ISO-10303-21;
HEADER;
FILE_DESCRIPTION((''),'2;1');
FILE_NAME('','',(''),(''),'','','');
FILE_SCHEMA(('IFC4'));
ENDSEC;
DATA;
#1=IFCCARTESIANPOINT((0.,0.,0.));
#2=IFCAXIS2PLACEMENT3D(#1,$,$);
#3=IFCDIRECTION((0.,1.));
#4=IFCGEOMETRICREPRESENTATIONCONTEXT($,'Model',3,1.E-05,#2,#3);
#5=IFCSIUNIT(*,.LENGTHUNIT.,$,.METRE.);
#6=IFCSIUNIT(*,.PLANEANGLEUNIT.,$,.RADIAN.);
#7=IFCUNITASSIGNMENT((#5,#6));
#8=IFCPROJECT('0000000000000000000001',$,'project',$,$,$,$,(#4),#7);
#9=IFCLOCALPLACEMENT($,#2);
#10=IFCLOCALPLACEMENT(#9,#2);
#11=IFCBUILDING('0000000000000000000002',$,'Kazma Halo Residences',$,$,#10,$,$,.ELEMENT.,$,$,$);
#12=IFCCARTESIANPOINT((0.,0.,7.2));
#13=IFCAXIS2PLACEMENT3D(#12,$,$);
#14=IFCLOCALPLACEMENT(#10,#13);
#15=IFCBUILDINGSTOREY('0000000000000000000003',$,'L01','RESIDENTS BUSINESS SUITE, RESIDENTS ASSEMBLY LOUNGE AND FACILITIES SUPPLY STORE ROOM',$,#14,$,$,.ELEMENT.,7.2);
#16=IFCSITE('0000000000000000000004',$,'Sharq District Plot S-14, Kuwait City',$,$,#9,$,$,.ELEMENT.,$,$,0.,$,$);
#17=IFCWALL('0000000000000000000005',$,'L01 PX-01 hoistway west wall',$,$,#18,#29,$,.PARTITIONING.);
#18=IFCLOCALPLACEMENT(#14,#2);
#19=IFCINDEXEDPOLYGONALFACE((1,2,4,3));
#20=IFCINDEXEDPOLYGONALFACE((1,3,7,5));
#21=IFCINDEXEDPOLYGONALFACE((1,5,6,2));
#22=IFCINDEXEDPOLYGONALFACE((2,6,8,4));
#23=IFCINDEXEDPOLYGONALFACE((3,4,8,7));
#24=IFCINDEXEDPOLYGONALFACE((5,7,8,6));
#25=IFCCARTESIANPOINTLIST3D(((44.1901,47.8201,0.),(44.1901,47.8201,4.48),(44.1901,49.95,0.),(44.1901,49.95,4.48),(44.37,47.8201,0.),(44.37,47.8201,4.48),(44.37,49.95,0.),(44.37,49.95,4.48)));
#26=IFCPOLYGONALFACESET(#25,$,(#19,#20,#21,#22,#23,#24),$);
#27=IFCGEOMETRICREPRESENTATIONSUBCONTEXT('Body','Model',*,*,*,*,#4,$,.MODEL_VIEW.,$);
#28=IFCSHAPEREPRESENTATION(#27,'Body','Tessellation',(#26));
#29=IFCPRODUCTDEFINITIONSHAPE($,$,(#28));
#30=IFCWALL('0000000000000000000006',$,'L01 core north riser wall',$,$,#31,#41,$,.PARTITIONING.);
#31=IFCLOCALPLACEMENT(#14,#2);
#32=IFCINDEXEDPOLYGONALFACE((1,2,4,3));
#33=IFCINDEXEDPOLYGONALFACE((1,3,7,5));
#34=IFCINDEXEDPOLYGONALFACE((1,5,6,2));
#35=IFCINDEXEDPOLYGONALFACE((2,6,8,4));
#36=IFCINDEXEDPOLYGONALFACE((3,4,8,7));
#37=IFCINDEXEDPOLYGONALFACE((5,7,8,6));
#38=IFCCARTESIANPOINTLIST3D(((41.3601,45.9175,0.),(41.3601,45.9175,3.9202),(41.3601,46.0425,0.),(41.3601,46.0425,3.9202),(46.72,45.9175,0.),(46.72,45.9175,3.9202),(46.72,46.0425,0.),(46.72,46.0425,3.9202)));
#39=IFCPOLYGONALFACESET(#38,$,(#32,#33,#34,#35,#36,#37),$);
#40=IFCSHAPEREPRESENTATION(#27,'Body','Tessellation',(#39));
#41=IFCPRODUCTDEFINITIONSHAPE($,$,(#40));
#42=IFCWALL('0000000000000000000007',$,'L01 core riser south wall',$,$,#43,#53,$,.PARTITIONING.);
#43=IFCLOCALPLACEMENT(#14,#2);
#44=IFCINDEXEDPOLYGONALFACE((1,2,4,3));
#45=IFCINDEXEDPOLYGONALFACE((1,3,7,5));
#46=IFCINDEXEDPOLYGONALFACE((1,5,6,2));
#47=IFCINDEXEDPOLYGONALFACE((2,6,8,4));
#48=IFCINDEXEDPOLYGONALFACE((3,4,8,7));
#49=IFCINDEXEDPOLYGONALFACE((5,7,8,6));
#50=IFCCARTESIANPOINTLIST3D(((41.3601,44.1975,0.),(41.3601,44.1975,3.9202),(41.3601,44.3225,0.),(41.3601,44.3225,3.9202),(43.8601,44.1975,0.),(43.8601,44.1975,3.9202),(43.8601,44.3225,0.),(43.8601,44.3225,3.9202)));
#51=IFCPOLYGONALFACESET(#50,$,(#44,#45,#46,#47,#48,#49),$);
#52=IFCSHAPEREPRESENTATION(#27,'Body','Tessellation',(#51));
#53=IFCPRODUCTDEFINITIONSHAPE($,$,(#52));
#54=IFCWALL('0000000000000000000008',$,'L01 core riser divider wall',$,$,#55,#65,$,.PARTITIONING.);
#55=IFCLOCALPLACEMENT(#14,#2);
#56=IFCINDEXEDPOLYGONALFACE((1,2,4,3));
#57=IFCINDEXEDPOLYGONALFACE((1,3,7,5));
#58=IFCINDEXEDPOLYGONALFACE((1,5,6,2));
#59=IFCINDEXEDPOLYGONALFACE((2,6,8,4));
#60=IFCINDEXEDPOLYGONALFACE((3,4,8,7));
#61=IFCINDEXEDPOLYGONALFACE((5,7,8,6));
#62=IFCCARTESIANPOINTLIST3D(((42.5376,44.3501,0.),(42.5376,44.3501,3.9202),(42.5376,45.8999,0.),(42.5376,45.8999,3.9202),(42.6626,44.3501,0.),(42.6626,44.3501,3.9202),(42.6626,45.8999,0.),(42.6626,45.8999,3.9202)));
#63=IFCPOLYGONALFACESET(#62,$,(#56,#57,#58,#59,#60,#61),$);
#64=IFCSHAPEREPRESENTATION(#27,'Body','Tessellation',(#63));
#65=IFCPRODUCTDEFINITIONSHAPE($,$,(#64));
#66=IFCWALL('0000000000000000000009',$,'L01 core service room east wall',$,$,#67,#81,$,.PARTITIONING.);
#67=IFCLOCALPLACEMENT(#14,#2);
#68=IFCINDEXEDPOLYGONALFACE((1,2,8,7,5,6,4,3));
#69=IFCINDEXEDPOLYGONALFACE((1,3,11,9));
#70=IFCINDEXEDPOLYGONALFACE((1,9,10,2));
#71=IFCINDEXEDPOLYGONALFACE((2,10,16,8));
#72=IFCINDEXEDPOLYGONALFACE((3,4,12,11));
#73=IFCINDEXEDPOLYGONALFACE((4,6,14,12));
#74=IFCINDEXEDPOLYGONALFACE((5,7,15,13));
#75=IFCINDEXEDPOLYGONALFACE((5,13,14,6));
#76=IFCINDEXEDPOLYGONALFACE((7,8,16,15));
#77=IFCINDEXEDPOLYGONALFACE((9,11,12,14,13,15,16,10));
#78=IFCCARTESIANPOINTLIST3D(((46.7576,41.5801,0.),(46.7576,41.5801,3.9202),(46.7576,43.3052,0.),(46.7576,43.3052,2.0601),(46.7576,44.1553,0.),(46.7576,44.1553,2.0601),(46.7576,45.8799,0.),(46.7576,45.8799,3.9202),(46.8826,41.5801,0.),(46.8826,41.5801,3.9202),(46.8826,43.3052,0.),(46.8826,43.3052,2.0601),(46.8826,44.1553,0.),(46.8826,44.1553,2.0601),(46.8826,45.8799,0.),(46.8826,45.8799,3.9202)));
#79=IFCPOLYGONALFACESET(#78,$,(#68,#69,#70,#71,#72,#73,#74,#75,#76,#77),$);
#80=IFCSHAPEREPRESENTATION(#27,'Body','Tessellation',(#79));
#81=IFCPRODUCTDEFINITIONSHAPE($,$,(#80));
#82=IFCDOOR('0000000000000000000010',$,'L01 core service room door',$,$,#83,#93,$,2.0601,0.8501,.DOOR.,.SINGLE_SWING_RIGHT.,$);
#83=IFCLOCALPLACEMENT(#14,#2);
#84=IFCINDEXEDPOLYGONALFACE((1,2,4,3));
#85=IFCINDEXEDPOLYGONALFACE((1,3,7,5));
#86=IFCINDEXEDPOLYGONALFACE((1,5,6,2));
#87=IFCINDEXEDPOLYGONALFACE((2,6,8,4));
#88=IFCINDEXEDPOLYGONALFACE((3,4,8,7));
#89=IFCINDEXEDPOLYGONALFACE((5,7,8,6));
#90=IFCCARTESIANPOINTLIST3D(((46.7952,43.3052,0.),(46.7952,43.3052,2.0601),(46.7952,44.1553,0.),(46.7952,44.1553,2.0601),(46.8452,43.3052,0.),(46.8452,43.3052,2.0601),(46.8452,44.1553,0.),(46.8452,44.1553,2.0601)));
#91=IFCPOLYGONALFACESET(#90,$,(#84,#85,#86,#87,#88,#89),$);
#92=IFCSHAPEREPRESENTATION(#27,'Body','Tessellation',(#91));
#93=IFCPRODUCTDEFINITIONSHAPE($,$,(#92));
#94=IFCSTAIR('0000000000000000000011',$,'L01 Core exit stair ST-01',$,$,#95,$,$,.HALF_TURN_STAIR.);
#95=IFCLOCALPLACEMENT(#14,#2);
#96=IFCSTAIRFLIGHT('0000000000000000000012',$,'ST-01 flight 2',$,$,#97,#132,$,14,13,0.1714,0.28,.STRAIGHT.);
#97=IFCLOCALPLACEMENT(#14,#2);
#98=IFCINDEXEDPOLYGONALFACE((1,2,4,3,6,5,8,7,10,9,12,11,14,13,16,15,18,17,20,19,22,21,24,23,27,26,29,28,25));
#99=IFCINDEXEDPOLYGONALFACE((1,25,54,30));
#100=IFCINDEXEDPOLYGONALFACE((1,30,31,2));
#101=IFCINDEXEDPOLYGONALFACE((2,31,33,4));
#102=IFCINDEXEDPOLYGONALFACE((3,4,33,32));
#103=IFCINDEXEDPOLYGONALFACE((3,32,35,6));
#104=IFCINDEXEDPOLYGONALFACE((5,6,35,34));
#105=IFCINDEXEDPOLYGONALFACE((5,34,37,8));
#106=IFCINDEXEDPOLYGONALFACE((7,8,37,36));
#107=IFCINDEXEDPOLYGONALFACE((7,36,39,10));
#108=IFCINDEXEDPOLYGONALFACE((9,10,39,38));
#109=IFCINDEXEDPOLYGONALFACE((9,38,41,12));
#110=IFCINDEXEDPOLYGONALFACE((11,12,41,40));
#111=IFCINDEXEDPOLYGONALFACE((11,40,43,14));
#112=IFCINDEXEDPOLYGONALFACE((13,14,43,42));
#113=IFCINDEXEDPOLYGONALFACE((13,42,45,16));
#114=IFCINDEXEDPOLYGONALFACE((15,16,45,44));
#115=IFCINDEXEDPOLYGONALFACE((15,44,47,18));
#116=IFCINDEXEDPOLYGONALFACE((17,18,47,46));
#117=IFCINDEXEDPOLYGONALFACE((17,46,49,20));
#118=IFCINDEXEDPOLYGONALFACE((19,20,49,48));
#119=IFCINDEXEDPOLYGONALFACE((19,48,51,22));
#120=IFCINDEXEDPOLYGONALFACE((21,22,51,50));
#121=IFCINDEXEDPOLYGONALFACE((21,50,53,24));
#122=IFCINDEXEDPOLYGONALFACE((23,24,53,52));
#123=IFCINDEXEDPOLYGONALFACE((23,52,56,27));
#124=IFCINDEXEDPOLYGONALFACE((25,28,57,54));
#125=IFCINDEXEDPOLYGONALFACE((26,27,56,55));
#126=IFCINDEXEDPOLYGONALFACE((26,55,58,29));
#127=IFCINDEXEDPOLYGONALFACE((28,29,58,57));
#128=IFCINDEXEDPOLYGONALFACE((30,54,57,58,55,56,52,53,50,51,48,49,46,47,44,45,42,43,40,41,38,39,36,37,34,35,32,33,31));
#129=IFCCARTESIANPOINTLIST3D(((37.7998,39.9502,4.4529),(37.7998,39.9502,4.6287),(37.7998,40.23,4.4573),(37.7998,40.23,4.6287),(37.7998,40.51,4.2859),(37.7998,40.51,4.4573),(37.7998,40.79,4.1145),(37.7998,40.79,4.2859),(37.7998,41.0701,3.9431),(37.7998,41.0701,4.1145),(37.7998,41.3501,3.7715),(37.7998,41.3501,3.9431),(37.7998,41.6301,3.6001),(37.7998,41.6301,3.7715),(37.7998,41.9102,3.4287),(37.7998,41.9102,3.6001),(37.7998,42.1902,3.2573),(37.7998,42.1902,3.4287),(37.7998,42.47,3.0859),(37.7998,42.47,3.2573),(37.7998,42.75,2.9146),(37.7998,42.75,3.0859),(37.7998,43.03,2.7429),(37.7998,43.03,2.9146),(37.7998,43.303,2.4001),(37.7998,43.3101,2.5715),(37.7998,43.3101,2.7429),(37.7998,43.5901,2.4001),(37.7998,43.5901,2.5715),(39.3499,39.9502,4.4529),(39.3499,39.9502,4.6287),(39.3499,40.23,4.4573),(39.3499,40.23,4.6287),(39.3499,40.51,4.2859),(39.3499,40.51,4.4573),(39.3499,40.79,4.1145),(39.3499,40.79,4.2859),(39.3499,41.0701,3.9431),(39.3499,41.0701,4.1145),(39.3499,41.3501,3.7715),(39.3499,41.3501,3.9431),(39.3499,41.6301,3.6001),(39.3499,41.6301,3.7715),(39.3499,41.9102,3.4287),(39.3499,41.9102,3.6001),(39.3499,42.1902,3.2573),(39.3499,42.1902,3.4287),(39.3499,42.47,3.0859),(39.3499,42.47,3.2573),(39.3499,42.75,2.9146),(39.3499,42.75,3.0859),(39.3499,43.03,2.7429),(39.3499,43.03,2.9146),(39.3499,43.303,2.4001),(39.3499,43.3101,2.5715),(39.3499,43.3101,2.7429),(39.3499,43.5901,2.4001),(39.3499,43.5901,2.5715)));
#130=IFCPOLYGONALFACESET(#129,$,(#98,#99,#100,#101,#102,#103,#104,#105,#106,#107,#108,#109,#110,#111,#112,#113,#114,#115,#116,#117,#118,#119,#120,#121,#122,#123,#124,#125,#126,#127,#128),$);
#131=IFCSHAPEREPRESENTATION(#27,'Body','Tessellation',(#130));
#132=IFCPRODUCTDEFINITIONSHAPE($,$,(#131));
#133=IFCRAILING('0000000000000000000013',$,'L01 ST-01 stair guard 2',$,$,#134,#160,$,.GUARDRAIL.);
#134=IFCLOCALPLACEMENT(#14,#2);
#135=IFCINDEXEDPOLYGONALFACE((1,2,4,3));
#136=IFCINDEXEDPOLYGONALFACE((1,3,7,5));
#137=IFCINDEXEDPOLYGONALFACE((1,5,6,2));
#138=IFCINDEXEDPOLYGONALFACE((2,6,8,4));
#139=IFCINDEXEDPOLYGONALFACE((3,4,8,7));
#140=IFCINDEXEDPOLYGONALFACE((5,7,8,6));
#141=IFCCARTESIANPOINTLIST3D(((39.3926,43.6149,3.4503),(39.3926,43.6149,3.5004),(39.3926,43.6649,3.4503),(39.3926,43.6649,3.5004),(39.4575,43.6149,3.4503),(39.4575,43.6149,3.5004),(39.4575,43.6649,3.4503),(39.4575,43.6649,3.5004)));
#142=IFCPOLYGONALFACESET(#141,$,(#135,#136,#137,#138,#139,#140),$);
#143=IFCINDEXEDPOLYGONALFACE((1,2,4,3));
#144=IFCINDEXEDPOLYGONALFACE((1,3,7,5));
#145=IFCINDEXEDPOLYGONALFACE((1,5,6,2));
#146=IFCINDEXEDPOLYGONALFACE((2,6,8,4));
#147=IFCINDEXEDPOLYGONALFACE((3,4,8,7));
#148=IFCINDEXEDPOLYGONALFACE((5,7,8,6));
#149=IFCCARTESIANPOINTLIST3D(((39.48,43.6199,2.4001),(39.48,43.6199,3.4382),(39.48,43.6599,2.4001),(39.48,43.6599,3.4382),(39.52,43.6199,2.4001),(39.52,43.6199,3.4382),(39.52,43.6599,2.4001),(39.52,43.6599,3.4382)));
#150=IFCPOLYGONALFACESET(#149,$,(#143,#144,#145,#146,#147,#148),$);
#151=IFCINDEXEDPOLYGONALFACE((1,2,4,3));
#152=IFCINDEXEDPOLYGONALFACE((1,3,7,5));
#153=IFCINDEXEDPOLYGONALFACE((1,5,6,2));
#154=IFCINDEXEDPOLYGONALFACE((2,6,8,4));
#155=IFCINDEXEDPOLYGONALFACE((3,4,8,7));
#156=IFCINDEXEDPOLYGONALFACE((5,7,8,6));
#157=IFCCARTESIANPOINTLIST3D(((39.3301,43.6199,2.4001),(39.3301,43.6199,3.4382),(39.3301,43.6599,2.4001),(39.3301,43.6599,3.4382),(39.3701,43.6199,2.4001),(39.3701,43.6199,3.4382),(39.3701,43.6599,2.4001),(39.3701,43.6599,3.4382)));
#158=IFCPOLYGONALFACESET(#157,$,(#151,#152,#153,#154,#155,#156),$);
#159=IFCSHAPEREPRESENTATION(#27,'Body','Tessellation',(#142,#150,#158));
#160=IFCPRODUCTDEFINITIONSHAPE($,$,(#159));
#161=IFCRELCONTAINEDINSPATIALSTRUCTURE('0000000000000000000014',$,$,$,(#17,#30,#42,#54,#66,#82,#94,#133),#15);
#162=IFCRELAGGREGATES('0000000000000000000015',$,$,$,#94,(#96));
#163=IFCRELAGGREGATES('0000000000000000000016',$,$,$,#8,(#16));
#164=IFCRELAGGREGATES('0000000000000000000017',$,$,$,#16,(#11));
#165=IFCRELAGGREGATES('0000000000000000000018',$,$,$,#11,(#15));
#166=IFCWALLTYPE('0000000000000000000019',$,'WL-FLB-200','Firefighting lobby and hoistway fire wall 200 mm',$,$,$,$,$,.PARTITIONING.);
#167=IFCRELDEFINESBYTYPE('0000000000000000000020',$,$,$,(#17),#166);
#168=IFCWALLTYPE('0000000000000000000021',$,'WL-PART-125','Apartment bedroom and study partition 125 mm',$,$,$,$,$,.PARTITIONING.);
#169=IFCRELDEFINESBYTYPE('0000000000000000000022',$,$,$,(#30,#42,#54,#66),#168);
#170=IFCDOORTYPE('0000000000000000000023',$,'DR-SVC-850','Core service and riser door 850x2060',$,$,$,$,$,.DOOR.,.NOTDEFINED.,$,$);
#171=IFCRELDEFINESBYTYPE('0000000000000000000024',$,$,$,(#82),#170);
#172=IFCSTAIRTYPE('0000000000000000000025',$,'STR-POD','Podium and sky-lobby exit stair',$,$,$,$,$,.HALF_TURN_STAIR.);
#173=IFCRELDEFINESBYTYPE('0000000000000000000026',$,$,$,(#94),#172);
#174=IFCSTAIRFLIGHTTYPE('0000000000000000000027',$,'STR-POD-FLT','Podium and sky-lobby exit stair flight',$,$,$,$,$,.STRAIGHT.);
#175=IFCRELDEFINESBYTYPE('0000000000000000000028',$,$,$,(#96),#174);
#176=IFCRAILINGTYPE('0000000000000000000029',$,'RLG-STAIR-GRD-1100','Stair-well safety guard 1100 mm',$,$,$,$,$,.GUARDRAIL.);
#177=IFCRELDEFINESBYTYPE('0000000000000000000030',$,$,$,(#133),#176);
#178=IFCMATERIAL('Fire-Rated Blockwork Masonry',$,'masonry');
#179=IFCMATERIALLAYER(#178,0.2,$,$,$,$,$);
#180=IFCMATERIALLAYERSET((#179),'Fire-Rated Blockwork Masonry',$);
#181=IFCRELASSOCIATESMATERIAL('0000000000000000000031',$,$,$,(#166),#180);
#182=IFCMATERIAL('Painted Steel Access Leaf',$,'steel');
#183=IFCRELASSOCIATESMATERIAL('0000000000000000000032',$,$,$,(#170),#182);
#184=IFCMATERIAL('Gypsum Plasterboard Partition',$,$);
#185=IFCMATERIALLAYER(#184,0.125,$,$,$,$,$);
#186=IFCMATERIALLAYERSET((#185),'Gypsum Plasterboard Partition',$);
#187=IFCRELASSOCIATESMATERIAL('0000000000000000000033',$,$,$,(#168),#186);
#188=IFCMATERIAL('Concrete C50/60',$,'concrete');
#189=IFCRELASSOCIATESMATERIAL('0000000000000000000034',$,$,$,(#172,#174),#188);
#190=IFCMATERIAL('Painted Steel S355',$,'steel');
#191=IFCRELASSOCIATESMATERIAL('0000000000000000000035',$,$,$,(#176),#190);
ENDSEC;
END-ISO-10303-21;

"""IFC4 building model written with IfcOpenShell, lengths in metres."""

from ifc_helpers import new_model, si_unit, direction, frame, frame_2d, origin, origin_2d, place, context, subcontext, project, spatial, polyline, rectangle, outline, extrude, material, layer, layer_set, type_object, element, fill, aggregate, save


model = new_model("IFC4")

# Units and contexts
model_context = context("Model", 3, precision=1e-05, world=origin(), true_north=direction((0.0, 1.0)))
body_context = subcontext(model_context, "Body", "Model", "MODEL_VIEW")
ifc_project = project(units=[si_unit("LENGTHUNIT", "METRE"), si_unit("PLANEANGLEUNIT", "RADIAN")], contexts=[model_context])

# Site, building, storey
site_placement = place(None, origin())
site = spatial("IfcSite", under=ifc_project, at=site_placement, Name="Sharq District Plot S-14, Kuwait City", CompositionType="ELEMENT", RefElevation=0.0)
building_placement = place(site_placement, origin())
building = spatial("IfcBuilding", under=site, at=building_placement, Name="Kazma Halo Residences", CompositionType="ELEMENT")
storey_placement = place(building_placement, frame((0.0, 0.0, 7.2)))
storey = spatial("IfcBuildingStorey", under=building, at=storey_placement, Name="L01", Description="RESIDENTS BUSINESS SUITE, RESIDENTS ASSEMBLY LOUNGE AND FACILITIES SUPPLY STORE ROOM", CompositionType="ELEMENT", Elevation=7.2)

# Shared definitions
ifc_material_1 = material(Name="Fire-Rated Blockwork Masonry", Category="masonry")
ifc_layer_1 = layer(ifc_material_1, 0.2)
ifc_layer_set_1 = layer_set([ifc_layer_1], Name="Fire-Rated Blockwork Masonry")
wall_type_1 = type_object("IfcWallType", Name="WL-FLB-200", Description="Firefighting lobby and hoistway fire wall 200 mm", PredefinedType="PARTITIONING", material=ifc_layer_set_1)

# Shared definitions
ifc_material_2 = material(Name="Painted Steel Access Leaf", Category="steel")
door_type_1 = type_object("IfcDoorType", Name="DR-SVC-850", Description="Core service and riser door 850x2060", OperationType="NOTDEFINED", PredefinedType="DOOR", material=ifc_material_2)

# Walls
wall_1_placement = place(storey_placement, frame((44.28, 47.8201, 0.0), z_axis=(0.0, 0.0, 1.0), x_axis=(0.0, 1.0, 0.0)))
element("IfcWall", 1, at=wall_1_placement, inside=storey, type_object=wall_type_1, Name="L01 PX-01 hoistway west wall", PredefinedType="PARTITIONING", context=body_context, shape_type="SweptSolid", body=[
    extrude(rectangle(XDim=2.1299, YDim=0.1799, at=frame_2d((1.0649, 0.0))), origin(), (0.0, 0.0, 1.0), 4.48),
])
ifc_material_3 = material(Name="Gypsum Plasterboard Partition")
ifc_layer_2 = layer(ifc_material_3, 0.125)
ifc_layer_set_2 = layer_set([ifc_layer_2], Name="Gypsum Plasterboard Partition")
wall_type_2 = type_object("IfcWallType", Name="WL-PART-125", Description="Apartment bedroom and study partition 125 mm", PredefinedType="PARTITIONING", material=ifc_layer_set_2)
wall_2_placement = place(storey_placement, frame((41.3601, 45.98, 0.0), z_axis=(0.0, 0.0, 1.0), x_axis=(1.0, 0.0, 0.0)))
element("IfcWall", 2, at=wall_2_placement, inside=storey, type_object=wall_type_2, Name="L01 core north riser wall", PredefinedType="PARTITIONING", context=body_context, shape_type="SweptSolid", body=[
    extrude(rectangle(XDim=5.3599, YDim=0.125, at=frame_2d((2.6799, 0.0))), origin(), (0.0, 0.0, 1.0), 3.9202),
])
wall_3_placement = place(storey_placement, frame((41.3601, 44.26, 0.0), z_axis=(0.0, 0.0, 1.0), x_axis=(1.0, 0.0, 0.0)))
element("IfcWall", 3, at=wall_3_placement, inside=storey, type_object=wall_type_2, Name="L01 core riser south wall", PredefinedType="PARTITIONING", context=body_context, shape_type="SweptSolid", body=[
    extrude(rectangle(XDim=2.5, YDim=0.125, at=frame_2d((1.25, 0.0))), origin(), (0.0, 0.0, 1.0), 3.9202),
])
wall_4_placement = place(storey_placement, frame((42.6001, 44.3501, 0.0), z_axis=(0.0, 0.0, 1.0), x_axis=(0.0, 1.0, 0.0)))
element("IfcWall", 4, at=wall_4_placement, inside=storey, type_object=wall_type_2, Name="L01 core riser divider wall", PredefinedType="PARTITIONING", context=body_context, shape_type="SweptSolid", body=[
    extrude(rectangle(XDim=1.5498, YDim=0.125, at=frame_2d((0.7749, 0.0))), origin(), (0.0, 0.0, 1.0), 3.9202),
])

# Wall, opening, door
wall_5_placement = place(storey_placement, frame((46.8201, 41.5801, 0.0), z_axis=(0.0, 0.0, 1.0), x_axis=(0.0, 1.0, 0.0)))
wall_5 = element("IfcWall", 5, at=wall_5_placement, inside=storey, type_object=wall_type_2, Name="L01 core service room east wall", PredefinedType="PARTITIONING", context=body_context, shape_type="SweptSolid", body=[
    extrude(rectangle(XDim=4.2998, YDim=0.125, at=frame_2d((2.1499, 0.0))), origin(), (0.0, 0.0, 1.0), 3.9202),
])
opening_1_placement = place(wall_5_placement, frame((1.7251, 0.0, 0.0)))
opening_1 = element("IfcOpeningElement", 6, at=opening_1_placement, cuts=wall_5, PredefinedType="OPENING", context=body_context, shape_type="SweptSolid", body=[
    extrude(rectangle(XDim=0.8501, YDim=2.0601, at=frame_2d((0.425, 1.03))), frame((0.0, 0.0725, 0.0), z_axis=(0.0, -1.0, 0.0), x_axis=(1.0, 0.0, 0.0)), (0.0, 0.0, 1.0), 0.145),
])
door_1_placement = place(opening_1_placement, origin())
door_1 = element("IfcDoor", 7, at=door_1_placement, inside=storey, type_object=door_type_1, Name="L01 core service room door", OperationType="SINGLE_SWING_RIGHT", OverallHeight=2.0601, OverallWidth=0.8501, PredefinedType="DOOR", context=body_context, shape_type="SweptSolid", body=[
    extrude(rectangle(XDim=0.8501, YDim=2.0601, at=frame_2d((0.425, 1.03))), frame((0.0, 0.0249, 0.0), z_axis=(0.0, -1.0, 0.0), x_axis=(1.0, 0.0, 0.0)), (0.0, 0.0, 1.0), 0.05),
])
fill(opening_1, door_1)

# Stair, stair flight
ifc_material_4 = material(Name="Concrete C50/60", Category="concrete")
stair_type = type_object("IfcStairType", Name="STR-POD", Description="Podium and sky-lobby exit stair", PredefinedType="HALF_TURN_STAIR", material=ifc_material_4)
stair_placement = place(storey_placement, origin())
stair = element("IfcStair", 8, at=stair_placement, inside=storey, type_object=stair_type, Name="L01 Core exit stair ST-01", PredefinedType="HALF_TURN_STAIR")
stair_flight_type = type_object("IfcStairFlightType", Name="STR-POD-FLT", Description="Podium and sky-lobby exit stair flight", PredefinedType="STRAIGHT", material=ifc_material_4)
stair_flight_placement = place(storey_placement, frame((38.575, 43.5901, 2.4001), z_axis=(0.0, 0.0, 1.0), x_axis=(0.0, -1.0, 0.0)))
stair_flight = element("IfcStairFlight", 9, at=stair_flight_placement, type_object=stair_flight_type, Name="ST-01 flight 2", NumberOfRisers=14, NumberOfTreads=13, PredefinedType="STRAIGHT", RiserHeight=0.1714, TreadLength=0.28, context=body_context, shape_type="SweptSolid", body=[
    extrude(outline(polyline([(0.0, 0.0), (0.0, 0.1714), (0.28, 0.1714), (0.28, 0.3428), (0.5601, 0.3428), (0.5601, 0.5144), (0.8401, 0.5144), (0.8401, 0.6858), (1.1201, 0.6858), (1.1201, 0.8572), (1.3999, 0.8572), (1.3999, 1.0286), (1.6799, 1.0286), (1.6799, 1.2), (1.96, 1.2), (1.96, 1.3713), (2.24, 1.3713), (2.24, 1.543), (2.52, 1.543), (2.52, 1.7144), (2.8, 1.7144), (2.8, 1.8857), (3.0801, 1.8857), (3.0801, 2.0571), (3.3601, 2.0571), (3.3601, 2.2285), (3.6399, 2.2285), (3.6399, 2.3999), (3.6399, 2.0527), (0.2871, 0.0), (0.0, 0.0)])), frame((0.0, 0.7749, 0.0), z_axis=(0.0, -1.0, 0.0), x_axis=(1.0, 0.0, 0.0)), (0.0, 0.0, 1.0), 1.55),
])
aggregate(stair, [stair_flight])

# Railing
ifc_material_5 = material(Name="Painted Steel S355", Category="steel")
railing_type_1 = type_object("IfcRailingType", Name="RLG-STAIR-GRD-1100", Description="Stair-well safety guard 1100 mm", PredefinedType="GUARDRAIL", material=ifc_material_5)
railing_1_placement = place(storey_placement, frame((39.5, 43.6399, 2.4001)))
element("IfcRailing", 10, at=railing_1_placement, inside=storey, type_object=railing_type_1, Name="L01 ST-01 stair guard 2", PredefinedType="GUARDRAIL", context=body_context, shape_type="SweptSolid", body=[
    extrude(rectangle(XDim=0.05, YDim=0.05, at=origin_2d()), frame((-0.0425, 0.0, 1.0752), z_axis=(-1.0, 0.0, 0.0), x_axis=(0.0, -1.0, 0.0)), (0.0, 0.0, 1.0), 0.0649),
    extrude(rectangle(XDim=0.04, YDim=0.04, at=origin_2d()), origin(), (0.0, 0.0, 1.0), 1.0381),
    extrude(rectangle(XDim=0.04, YDim=0.04, at=origin_2d()), frame((-0.1499, 0.0, 0.0)), (0.0, 0.0, 1.0), 1.0381),
])

save(model, "model.ifc")
